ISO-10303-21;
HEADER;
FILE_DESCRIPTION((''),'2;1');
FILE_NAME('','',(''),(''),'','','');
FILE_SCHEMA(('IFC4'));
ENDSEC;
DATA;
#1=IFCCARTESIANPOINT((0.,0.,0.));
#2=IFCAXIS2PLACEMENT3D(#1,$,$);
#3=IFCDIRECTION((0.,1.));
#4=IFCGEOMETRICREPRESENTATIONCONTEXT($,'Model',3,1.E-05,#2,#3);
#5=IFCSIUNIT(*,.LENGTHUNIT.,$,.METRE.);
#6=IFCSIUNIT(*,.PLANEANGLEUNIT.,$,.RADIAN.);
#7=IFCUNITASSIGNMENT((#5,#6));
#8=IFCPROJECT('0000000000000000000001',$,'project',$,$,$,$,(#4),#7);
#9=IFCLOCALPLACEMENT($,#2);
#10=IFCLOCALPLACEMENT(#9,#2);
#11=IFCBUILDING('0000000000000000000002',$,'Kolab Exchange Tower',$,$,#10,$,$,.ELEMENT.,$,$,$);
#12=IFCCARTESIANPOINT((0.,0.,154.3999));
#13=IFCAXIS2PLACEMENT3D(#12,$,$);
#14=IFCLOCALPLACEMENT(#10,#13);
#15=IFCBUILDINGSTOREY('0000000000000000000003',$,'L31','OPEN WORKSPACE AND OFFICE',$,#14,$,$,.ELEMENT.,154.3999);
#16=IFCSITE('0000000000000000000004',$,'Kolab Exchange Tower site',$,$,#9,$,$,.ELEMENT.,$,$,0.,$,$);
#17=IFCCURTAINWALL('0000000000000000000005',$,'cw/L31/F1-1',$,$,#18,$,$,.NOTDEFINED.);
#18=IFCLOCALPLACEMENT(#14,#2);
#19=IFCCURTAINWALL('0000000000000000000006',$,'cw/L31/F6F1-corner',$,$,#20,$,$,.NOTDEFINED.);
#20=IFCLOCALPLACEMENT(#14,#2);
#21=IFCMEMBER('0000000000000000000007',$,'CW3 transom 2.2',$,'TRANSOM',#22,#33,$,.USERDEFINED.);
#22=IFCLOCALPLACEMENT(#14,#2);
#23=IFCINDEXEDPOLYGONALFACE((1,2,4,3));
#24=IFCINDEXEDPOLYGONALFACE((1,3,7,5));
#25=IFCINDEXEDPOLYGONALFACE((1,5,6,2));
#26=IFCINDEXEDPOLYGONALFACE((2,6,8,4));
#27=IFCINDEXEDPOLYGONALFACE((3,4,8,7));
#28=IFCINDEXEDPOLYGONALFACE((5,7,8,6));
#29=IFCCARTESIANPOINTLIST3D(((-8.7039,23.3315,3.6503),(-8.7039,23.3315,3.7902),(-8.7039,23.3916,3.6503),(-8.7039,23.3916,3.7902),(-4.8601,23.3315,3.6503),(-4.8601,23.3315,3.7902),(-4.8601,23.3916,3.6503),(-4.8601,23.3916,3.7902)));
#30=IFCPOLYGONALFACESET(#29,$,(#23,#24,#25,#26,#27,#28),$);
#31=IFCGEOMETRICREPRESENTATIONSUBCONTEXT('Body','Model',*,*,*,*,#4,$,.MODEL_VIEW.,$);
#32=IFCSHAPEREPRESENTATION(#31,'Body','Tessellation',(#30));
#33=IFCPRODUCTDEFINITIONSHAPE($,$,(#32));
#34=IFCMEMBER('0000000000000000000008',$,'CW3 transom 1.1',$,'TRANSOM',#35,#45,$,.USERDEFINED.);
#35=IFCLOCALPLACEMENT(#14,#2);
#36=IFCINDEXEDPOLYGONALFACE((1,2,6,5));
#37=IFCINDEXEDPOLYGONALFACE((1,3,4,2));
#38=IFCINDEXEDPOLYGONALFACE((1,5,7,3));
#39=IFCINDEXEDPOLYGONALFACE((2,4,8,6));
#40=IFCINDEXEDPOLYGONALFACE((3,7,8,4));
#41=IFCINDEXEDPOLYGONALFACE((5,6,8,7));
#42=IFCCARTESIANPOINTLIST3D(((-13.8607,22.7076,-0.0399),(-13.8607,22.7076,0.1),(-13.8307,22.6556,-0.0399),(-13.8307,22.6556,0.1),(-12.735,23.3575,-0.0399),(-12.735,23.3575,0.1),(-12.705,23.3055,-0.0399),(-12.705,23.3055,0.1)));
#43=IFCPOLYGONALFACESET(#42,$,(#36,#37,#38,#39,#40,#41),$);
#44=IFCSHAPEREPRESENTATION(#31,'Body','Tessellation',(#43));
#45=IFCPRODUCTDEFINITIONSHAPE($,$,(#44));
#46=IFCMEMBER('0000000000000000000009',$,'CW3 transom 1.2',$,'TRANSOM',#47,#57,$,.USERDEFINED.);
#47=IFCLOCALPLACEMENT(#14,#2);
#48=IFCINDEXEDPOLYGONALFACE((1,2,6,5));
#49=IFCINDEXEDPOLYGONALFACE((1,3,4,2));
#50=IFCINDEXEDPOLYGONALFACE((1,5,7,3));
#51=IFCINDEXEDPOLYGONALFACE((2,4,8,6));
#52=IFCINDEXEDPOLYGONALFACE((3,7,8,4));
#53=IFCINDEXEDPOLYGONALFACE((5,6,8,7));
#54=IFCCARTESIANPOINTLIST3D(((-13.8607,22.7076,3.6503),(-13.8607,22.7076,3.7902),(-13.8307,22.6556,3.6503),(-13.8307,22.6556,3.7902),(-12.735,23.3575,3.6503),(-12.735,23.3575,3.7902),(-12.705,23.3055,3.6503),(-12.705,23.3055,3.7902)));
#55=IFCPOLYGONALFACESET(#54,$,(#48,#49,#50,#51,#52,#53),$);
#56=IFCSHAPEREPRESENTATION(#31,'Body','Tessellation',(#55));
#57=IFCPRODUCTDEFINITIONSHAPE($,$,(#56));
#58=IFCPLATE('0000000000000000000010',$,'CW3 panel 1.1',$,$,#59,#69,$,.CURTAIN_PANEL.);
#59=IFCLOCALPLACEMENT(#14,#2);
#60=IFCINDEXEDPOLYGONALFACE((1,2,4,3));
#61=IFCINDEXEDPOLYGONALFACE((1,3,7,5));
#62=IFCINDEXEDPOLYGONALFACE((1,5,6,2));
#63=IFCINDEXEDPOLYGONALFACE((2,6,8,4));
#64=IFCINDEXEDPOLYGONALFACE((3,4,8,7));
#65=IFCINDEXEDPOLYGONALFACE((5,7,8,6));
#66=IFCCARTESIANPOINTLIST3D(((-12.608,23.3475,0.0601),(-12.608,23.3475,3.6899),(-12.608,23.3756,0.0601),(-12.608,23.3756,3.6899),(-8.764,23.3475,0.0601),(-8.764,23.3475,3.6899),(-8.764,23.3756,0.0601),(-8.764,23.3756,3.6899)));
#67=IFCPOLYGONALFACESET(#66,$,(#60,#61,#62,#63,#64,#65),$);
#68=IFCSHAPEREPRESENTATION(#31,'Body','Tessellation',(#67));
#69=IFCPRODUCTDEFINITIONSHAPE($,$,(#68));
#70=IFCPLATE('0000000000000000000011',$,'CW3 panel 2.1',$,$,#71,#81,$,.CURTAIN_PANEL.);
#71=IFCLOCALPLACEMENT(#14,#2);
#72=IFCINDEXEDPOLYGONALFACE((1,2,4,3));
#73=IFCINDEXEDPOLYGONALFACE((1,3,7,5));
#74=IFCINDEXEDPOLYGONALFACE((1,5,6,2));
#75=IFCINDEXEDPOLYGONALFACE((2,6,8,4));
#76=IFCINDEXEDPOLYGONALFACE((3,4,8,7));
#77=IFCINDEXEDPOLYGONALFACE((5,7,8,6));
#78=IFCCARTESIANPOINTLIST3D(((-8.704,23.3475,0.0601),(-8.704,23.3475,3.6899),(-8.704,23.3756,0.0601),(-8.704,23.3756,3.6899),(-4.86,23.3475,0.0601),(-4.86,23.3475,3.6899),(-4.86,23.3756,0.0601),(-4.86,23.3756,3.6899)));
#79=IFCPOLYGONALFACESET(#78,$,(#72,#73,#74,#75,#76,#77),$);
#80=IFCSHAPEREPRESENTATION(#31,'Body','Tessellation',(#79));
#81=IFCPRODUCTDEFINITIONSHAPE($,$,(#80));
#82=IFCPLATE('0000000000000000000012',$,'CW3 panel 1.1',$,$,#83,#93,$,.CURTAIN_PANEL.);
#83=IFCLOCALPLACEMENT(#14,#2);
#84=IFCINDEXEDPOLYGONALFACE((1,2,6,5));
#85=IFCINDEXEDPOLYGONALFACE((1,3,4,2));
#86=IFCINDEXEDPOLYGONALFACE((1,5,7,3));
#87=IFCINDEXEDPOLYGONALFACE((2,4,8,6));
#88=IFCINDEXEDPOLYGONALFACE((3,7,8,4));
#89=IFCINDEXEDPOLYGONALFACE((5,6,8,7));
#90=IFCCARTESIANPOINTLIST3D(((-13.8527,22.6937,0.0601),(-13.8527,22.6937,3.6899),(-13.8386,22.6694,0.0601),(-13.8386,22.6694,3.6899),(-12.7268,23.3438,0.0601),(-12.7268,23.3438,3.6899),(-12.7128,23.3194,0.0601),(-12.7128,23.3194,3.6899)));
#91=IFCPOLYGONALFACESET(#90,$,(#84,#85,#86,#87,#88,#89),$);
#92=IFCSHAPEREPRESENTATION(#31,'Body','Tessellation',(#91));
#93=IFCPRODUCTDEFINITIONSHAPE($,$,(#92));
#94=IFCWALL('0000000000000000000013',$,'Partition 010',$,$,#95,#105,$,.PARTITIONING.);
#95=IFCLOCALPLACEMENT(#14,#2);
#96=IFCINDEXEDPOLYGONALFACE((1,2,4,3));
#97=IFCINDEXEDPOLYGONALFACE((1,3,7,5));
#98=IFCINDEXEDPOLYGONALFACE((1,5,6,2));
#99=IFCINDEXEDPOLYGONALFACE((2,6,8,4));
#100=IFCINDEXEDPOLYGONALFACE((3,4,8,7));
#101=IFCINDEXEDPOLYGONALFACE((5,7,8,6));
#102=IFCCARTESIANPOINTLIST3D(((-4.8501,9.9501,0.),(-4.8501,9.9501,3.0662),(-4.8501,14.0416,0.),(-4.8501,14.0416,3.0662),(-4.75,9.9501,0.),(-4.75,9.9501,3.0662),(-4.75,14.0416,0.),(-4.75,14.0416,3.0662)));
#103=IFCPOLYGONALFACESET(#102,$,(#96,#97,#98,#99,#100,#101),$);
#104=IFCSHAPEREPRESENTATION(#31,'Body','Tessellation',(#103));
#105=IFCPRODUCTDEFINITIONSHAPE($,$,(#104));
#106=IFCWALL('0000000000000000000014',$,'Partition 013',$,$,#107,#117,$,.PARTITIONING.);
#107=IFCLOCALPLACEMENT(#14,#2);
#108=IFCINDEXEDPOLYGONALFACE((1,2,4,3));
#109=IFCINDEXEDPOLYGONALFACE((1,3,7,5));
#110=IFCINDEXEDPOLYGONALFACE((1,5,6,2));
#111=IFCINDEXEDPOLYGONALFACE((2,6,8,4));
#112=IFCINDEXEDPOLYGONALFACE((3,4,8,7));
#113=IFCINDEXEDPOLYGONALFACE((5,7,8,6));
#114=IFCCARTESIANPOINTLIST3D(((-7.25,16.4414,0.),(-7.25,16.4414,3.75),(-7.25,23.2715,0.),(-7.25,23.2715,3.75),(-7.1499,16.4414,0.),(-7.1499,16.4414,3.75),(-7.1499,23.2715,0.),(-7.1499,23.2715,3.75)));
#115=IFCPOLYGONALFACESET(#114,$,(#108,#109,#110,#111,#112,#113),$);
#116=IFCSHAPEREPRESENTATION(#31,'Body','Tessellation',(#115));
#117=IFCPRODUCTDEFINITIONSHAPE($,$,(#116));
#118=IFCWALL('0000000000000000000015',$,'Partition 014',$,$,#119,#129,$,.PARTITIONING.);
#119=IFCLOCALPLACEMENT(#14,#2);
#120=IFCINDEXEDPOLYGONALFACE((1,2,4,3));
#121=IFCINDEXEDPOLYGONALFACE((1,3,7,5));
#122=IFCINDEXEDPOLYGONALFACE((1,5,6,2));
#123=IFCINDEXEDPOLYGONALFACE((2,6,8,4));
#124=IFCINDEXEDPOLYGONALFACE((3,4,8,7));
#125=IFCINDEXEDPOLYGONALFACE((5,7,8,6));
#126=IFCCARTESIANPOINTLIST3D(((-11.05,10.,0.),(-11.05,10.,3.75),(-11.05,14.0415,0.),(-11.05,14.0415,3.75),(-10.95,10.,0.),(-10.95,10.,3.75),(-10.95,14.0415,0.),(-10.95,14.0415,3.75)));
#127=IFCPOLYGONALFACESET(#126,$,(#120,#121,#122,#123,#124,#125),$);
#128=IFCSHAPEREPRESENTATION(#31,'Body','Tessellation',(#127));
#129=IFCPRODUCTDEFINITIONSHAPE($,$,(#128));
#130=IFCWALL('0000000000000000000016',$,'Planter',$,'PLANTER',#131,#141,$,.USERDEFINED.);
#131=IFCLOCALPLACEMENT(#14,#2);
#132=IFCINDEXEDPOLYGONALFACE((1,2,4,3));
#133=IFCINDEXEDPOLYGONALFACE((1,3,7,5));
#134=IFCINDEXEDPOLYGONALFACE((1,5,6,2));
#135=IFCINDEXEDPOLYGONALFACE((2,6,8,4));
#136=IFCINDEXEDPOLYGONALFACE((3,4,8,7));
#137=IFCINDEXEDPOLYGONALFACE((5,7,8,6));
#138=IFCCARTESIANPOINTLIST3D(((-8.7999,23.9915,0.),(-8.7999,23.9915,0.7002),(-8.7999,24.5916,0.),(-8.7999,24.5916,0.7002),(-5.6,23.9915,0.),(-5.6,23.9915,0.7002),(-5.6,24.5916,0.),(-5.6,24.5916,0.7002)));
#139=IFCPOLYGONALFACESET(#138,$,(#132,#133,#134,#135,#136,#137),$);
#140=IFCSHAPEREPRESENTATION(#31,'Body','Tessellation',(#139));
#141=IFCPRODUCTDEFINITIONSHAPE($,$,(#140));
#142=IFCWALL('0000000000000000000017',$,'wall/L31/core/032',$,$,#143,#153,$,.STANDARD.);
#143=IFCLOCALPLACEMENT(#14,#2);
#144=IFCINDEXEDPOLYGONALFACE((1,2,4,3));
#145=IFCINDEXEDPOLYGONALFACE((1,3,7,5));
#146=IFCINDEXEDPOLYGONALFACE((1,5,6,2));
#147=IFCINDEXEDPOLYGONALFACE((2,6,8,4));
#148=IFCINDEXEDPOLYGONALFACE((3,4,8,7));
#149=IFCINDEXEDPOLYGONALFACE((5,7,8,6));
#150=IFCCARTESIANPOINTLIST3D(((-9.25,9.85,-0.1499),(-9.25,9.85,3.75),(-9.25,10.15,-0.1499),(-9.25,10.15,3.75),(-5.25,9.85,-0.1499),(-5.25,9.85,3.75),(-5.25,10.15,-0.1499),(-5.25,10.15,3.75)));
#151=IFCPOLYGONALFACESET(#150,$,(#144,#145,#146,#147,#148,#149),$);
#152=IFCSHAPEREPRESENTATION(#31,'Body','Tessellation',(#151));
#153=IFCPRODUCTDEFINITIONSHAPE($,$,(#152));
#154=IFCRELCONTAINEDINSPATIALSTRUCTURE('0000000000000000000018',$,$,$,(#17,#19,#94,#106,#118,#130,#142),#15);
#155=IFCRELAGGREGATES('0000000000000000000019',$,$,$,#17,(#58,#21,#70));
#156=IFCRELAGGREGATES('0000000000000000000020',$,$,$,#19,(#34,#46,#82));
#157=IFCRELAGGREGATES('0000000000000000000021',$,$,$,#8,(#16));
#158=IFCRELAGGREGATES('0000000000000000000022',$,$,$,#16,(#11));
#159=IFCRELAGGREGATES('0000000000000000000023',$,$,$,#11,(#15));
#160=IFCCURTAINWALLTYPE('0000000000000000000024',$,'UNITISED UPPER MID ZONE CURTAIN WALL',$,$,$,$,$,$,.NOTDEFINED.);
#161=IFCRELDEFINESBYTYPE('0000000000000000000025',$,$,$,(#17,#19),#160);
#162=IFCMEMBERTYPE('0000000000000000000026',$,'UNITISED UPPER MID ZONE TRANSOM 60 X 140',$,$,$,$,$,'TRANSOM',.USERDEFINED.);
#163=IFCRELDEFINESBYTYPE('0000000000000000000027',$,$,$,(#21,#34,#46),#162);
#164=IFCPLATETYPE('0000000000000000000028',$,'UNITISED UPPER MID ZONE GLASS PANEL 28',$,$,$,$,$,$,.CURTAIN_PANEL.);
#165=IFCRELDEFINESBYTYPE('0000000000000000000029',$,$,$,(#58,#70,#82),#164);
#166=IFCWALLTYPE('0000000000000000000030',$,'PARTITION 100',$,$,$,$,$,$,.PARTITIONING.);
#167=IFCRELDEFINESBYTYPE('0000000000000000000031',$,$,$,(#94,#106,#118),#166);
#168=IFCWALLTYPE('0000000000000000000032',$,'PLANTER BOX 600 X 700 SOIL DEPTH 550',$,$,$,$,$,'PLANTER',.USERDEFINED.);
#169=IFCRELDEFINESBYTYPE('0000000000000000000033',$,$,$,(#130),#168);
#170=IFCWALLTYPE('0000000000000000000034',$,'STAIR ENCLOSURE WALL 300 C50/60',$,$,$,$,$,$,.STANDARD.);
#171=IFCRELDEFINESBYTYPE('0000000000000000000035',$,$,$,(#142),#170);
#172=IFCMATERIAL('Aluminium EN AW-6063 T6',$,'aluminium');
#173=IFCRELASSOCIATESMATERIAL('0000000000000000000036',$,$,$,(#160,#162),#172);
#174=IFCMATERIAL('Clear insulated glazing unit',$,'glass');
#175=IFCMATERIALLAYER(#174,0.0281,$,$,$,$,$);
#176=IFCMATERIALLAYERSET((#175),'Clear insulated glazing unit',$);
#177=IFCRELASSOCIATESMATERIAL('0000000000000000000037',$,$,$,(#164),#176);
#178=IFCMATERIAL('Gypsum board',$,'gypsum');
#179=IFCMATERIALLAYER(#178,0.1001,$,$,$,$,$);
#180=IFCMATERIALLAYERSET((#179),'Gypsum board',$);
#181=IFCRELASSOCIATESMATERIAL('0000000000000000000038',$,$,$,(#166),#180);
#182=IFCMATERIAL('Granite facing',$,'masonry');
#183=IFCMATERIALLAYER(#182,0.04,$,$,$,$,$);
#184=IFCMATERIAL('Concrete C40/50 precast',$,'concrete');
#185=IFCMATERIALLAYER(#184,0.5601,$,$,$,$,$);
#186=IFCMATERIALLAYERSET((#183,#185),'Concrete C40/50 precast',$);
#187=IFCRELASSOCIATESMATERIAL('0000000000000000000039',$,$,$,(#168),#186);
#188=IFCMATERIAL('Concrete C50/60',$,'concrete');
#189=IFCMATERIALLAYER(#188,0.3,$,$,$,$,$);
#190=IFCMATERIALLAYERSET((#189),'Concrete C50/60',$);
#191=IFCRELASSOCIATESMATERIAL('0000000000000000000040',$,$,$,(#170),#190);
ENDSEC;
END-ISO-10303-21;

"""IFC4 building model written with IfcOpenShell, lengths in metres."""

from ifc_helpers import new_model, si_unit, direction, frame, frame_2d, origin, origin_2d, place, context, subcontext, project, spatial, rectangle, extrude, material, layer, layer_set, material_profile, profile_set, type_object, element, aggregate, save


model = new_model("IFC4")

# Units and contexts
model_context = context("Model", 3, precision=1e-05, world=origin(), true_north=direction((0.0, 1.0)))
body_context = subcontext(model_context, "Body", "Model", "MODEL_VIEW")
ifc_project = project(units=[si_unit("LENGTHUNIT", "METRE"), si_unit("PLANEANGLEUNIT", "RADIAN")], contexts=[model_context])

# Site, building, storey
site_placement = place(None, origin())
site = spatial("IfcSite", under=ifc_project, at=site_placement, Name="Kolab Exchange Tower site", CompositionType="ELEMENT", RefElevation=0.0)
building_placement = place(site_placement, origin())
building = spatial("IfcBuilding", under=site, at=building_placement, Name="Kolab Exchange Tower", CompositionType="ELEMENT")
storey_placement = place(building_placement, frame((0.0, 0.0, 154.3999)))
storey = spatial("IfcBuildingStorey", under=building, at=storey_placement, Name="L31", Description="OPEN WORKSPACE AND OFFICE", CompositionType="ELEMENT", Elevation=154.3999)

# Curtain wall
ifc_material_1 = material(Name="Aluminium EN AW-6063 T6", Category="aluminium")
curtain_wall_type = type_object("IfcCurtainWallType", Name="UNITISED UPPER MID ZONE CURTAIN WALL", PredefinedType="NOTDEFINED", material=ifc_material_1)
curtain_wall_1_placement = place(storey_placement, origin())
curtain_wall_1 = element("IfcCurtainWall", 1, at=curtain_wall_1_placement, inside=storey, type_object=curtain_wall_type, Name="cw/L31/F1-1", PredefinedType="NOTDEFINED")

# Curtain wall
curtain_wall_2_placement = place(storey_placement, origin())
curtain_wall_2 = element("IfcCurtainWall", 2, at=curtain_wall_2_placement, inside=storey, type_object=curtain_wall_type, Name="cw/L31/F6F1-corner", PredefinedType="NOTDEFINED")

# Members
ifc_material_profile_1 = material_profile(ifc_material_1, rectangle(XDim=0.0601, YDim=0.1399, at=origin_2d()), Name="RECT 60X140")
ifc_profile_set_1 = profile_set([ifc_material_profile_1], Name="Aluminium EN AW-6063 T6")
member_type_1 = type_object("IfcMemberType", Name="UNITISED UPPER MID ZONE TRANSOM 60 X 140", ElementType="TRANSOM", PredefinedType="USERDEFINED", material=ifc_profile_set_1)
member_1_placement = place(storey_placement, frame((-8.7039, 23.3616, 3.7202), z_axis=(1.0, 0.0, 0.0), x_axis=(0.0, 1.0, 0.0)))
member_1 = element("IfcMember", 3, at=member_1_placement, type_object=member_type_1, Name="CW3 transom 2.2", ObjectType="TRANSOM", PredefinedType="USERDEFINED", context=body_context, shape_type="SweptSolid", body=[
    extrude(rectangle(XDim=0.0601, YDim=0.1399, at=origin_2d()), origin(), (0.0, 0.0, 1.0), 3.8438),
])
member_2_placement = place(storey_placement, frame((-13.8457, 22.6816, 0.03), z_axis=(0.866039, 0.499977, 0.0), x_axis=(-0.499977, 0.866039, 0.0)))
member_2 = element("IfcMember", 4, at=member_2_placement, type_object=member_type_1, Name="CW3 transom 1.1", ObjectType="TRANSOM", PredefinedType="USERDEFINED", context=body_context, shape_type="SweptSolid", body=[
    extrude(rectangle(XDim=0.0601, YDim=0.1399, at=origin_2d()), origin(), (0.0, 0.0, 1.0), 1.2998),
])
member_3_placement = place(storey_placement, frame((-13.8457, 22.6816, 3.7202), z_axis=(0.866039, 0.499977, 0.0), x_axis=(-0.499977, 0.866039, 0.0)))
member_3 = element("IfcMember", 5, at=member_3_placement, type_object=member_type_1, Name="CW3 transom 1.2", ObjectType="TRANSOM", PredefinedType="USERDEFINED", context=body_context, shape_type="SweptSolid", body=[
    extrude(rectangle(XDim=0.0601, YDim=0.1399, at=origin_2d()), origin(), (0.0, 0.0, 1.0), 1.2998),
])

# Plates
ifc_material_2 = material(Name="Clear insulated glazing unit", Category="glass")
ifc_layer_1 = layer(ifc_material_2, 0.0281)
ifc_layer_set_1 = layer_set([ifc_layer_1], Name="Clear insulated glazing unit")
plate_type = type_object("IfcPlateType", Name="UNITISED UPPER MID ZONE GLASS PANEL 28", PredefinedType="CURTAIN_PANEL", material=ifc_layer_set_1)
plate_1_placement = place(storey_placement, frame((-10.686, 23.3616, 0.0601), z_axis=(0.0, 0.0, 1.0), x_axis=(1.0, 0.0, 0.0)))
plate_1 = element("IfcPlate", 6, at=plate_1_placement, type_object=plate_type, Name="CW3 panel 1.1", PredefinedType="CURTAIN_PANEL", context=body_context, shape_type="SweptSolid", body=[
    extrude(rectangle(XDim=3.844, YDim=0.0281, at=origin_2d()), origin(), (0.0, 0.0, 1.0), 3.6299),
])
plate_2_placement = place(storey_placement, frame((-6.782, 23.3616, 0.0601), z_axis=(0.0, 0.0, 1.0), x_axis=(1.0, 0.0, 0.0)))
plate_2 = element("IfcPlate", 7, at=plate_2_placement, type_object=plate_type, Name="CW3 panel 2.1", PredefinedType="CURTAIN_PANEL", context=body_context, shape_type="SweptSolid", body=[
    extrude(rectangle(XDim=3.844, YDim=0.0281, at=origin_2d()), origin(), (0.0, 0.0, 1.0), 3.6299),
])
aggregate(curtain_wall_1, [plate_1, member_1, plate_2])
plate_3_placement = place(storey_placement, frame((-13.2827, 23.0066, 0.0601), z_axis=(0.0, 0.0, 1.0), x_axis=(0.866025, 0.5, 0.0)))
plate_3 = element("IfcPlate", 8, at=plate_3_placement, type_object=plate_type, Name="CW3 panel 1.1", PredefinedType="CURTAIN_PANEL", context=body_context, shape_type="SweptSolid", body=[
    extrude(rectangle(XDim=1.3, YDim=0.0281, at=origin_2d()), origin(), (0.0, 0.0, 1.0), 3.6299),
])
aggregate(curtain_wall_2, [member_2, member_3, plate_3])

# Walls
ifc_material_3 = material(Name="Gypsum board", Category="gypsum")
ifc_layer_2 = layer(ifc_material_3, 0.1001)
ifc_layer_set_2 = layer_set([ifc_layer_2], Name="Gypsum board")
wall_type_1 = type_object("IfcWallType", Name="PARTITION 100", PredefinedType="PARTITIONING", material=ifc_layer_set_2)
wall_1_placement = place(storey_placement, frame((-4.8, 9.95, 0.0), z_axis=(0.0, 0.0, 1.0), x_axis=(0.0, 1.0, 0.0)))
element("IfcWall", 9, at=wall_1_placement, inside=storey, type_object=wall_type_1, Name="Partition 010", PredefinedType="PARTITIONING", context=body_context, shape_type="SweptSolid", body=[
    extrude(rectangle(XDim=4.0916, YDim=0.1001, at=frame_2d((2.0459, 0.0))), origin(), (0.0, 0.0, 1.0), 3.0662),
])
wall_2_placement = place(storey_placement, frame((-7.2, 16.4414, 0.0), z_axis=(0.0, 0.0, 1.0), x_axis=(0.0, 1.0, 0.0)))
element("IfcWall", 10, at=wall_2_placement, inside=storey, type_object=wall_type_1, Name="Partition 013", PredefinedType="PARTITIONING", context=body_context, shape_type="SweptSolid", body=[
    extrude(rectangle(XDim=6.8301, YDim=0.1001, at=frame_2d((3.415, 0.0))), origin(), (0.0, 0.0, 1.0), 3.75),
])
wall_3_placement = place(storey_placement, frame((-11.0, 10.0, 0.0), z_axis=(0.0, 0.0, 1.0), x_axis=(0.0, 1.0, 0.0)))
element("IfcWall", 11, at=wall_3_placement, inside=storey, type_object=wall_type_1, Name="Partition 014", PredefinedType="PARTITIONING", context=body_context, shape_type="SweptSolid", body=[
    extrude(rectangle(XDim=4.0415, YDim=0.1001, at=frame_2d((2.0208, 0.0))), origin(), (0.0, 0.0, 1.0), 3.75),
])
ifc_material_4 = material(Name="Granite facing", Category="masonry")
ifc_layer_3 = layer(ifc_material_4, 0.04)
ifc_material_5 = material(Name="Concrete C40/50 precast", Category="concrete")
ifc_layer_4 = layer(ifc_material_5, 0.5601)
ifc_layer_set_3 = layer_set([ifc_layer_3, ifc_layer_4], Name="Concrete C40/50 precast")
wall_type_2 = type_object("IfcWallType", Name="PLANTER BOX 600 X 700 SOIL DEPTH 550", ElementType="PLANTER", PredefinedType="USERDEFINED", material=ifc_layer_set_3)
wall_4_placement = place(storey_placement, frame((-8.8, 24.2915, 0.0), z_axis=(0.0, 0.0, 1.0), x_axis=(1.0, 0.0, 0.0)))
element("IfcWall", 12, at=wall_4_placement, inside=storey, type_object=wall_type_2, Name="Planter", ObjectType="PLANTER", PredefinedType="USERDEFINED", context=body_context, shape_type="SweptSolid", body=[
    extrude(rectangle(XDim=3.2, YDim=0.6001, at=frame_2d((1.6001, 0.0))), origin(), (0.0, 0.0, 1.0), 0.7002),
])
ifc_material_6 = material(Name="Concrete C50/60", Category="concrete")
ifc_layer_5 = layer(ifc_material_6, 0.3)
ifc_layer_set_4 = layer_set([ifc_layer_5], Name="Concrete C50/60")
wall_type_3 = type_object("IfcWallType", Name="STAIR ENCLOSURE WALL 300 C50/60", PredefinedType="STANDARD", material=ifc_layer_set_4)
wall_5_placement = place(storey_placement, frame((-9.25, 10.0, -0.1499), z_axis=(0.0, 0.0, 1.0), x_axis=(1.0, 0.0, 0.0)))
element("IfcWall", 13, at=wall_5_placement, inside=storey, type_object=wall_type_3, Name="wall/L31/core/032", PredefinedType="STANDARD", context=body_context, shape_type="SweptSolid", body=[
    extrude(rectangle(XDim=4.0, YDim=0.3, at=frame_2d((2.0, 0.0))), origin(), (0.0, 0.0, 1.0), 3.8999),
])

save(model, "model.ifc")
